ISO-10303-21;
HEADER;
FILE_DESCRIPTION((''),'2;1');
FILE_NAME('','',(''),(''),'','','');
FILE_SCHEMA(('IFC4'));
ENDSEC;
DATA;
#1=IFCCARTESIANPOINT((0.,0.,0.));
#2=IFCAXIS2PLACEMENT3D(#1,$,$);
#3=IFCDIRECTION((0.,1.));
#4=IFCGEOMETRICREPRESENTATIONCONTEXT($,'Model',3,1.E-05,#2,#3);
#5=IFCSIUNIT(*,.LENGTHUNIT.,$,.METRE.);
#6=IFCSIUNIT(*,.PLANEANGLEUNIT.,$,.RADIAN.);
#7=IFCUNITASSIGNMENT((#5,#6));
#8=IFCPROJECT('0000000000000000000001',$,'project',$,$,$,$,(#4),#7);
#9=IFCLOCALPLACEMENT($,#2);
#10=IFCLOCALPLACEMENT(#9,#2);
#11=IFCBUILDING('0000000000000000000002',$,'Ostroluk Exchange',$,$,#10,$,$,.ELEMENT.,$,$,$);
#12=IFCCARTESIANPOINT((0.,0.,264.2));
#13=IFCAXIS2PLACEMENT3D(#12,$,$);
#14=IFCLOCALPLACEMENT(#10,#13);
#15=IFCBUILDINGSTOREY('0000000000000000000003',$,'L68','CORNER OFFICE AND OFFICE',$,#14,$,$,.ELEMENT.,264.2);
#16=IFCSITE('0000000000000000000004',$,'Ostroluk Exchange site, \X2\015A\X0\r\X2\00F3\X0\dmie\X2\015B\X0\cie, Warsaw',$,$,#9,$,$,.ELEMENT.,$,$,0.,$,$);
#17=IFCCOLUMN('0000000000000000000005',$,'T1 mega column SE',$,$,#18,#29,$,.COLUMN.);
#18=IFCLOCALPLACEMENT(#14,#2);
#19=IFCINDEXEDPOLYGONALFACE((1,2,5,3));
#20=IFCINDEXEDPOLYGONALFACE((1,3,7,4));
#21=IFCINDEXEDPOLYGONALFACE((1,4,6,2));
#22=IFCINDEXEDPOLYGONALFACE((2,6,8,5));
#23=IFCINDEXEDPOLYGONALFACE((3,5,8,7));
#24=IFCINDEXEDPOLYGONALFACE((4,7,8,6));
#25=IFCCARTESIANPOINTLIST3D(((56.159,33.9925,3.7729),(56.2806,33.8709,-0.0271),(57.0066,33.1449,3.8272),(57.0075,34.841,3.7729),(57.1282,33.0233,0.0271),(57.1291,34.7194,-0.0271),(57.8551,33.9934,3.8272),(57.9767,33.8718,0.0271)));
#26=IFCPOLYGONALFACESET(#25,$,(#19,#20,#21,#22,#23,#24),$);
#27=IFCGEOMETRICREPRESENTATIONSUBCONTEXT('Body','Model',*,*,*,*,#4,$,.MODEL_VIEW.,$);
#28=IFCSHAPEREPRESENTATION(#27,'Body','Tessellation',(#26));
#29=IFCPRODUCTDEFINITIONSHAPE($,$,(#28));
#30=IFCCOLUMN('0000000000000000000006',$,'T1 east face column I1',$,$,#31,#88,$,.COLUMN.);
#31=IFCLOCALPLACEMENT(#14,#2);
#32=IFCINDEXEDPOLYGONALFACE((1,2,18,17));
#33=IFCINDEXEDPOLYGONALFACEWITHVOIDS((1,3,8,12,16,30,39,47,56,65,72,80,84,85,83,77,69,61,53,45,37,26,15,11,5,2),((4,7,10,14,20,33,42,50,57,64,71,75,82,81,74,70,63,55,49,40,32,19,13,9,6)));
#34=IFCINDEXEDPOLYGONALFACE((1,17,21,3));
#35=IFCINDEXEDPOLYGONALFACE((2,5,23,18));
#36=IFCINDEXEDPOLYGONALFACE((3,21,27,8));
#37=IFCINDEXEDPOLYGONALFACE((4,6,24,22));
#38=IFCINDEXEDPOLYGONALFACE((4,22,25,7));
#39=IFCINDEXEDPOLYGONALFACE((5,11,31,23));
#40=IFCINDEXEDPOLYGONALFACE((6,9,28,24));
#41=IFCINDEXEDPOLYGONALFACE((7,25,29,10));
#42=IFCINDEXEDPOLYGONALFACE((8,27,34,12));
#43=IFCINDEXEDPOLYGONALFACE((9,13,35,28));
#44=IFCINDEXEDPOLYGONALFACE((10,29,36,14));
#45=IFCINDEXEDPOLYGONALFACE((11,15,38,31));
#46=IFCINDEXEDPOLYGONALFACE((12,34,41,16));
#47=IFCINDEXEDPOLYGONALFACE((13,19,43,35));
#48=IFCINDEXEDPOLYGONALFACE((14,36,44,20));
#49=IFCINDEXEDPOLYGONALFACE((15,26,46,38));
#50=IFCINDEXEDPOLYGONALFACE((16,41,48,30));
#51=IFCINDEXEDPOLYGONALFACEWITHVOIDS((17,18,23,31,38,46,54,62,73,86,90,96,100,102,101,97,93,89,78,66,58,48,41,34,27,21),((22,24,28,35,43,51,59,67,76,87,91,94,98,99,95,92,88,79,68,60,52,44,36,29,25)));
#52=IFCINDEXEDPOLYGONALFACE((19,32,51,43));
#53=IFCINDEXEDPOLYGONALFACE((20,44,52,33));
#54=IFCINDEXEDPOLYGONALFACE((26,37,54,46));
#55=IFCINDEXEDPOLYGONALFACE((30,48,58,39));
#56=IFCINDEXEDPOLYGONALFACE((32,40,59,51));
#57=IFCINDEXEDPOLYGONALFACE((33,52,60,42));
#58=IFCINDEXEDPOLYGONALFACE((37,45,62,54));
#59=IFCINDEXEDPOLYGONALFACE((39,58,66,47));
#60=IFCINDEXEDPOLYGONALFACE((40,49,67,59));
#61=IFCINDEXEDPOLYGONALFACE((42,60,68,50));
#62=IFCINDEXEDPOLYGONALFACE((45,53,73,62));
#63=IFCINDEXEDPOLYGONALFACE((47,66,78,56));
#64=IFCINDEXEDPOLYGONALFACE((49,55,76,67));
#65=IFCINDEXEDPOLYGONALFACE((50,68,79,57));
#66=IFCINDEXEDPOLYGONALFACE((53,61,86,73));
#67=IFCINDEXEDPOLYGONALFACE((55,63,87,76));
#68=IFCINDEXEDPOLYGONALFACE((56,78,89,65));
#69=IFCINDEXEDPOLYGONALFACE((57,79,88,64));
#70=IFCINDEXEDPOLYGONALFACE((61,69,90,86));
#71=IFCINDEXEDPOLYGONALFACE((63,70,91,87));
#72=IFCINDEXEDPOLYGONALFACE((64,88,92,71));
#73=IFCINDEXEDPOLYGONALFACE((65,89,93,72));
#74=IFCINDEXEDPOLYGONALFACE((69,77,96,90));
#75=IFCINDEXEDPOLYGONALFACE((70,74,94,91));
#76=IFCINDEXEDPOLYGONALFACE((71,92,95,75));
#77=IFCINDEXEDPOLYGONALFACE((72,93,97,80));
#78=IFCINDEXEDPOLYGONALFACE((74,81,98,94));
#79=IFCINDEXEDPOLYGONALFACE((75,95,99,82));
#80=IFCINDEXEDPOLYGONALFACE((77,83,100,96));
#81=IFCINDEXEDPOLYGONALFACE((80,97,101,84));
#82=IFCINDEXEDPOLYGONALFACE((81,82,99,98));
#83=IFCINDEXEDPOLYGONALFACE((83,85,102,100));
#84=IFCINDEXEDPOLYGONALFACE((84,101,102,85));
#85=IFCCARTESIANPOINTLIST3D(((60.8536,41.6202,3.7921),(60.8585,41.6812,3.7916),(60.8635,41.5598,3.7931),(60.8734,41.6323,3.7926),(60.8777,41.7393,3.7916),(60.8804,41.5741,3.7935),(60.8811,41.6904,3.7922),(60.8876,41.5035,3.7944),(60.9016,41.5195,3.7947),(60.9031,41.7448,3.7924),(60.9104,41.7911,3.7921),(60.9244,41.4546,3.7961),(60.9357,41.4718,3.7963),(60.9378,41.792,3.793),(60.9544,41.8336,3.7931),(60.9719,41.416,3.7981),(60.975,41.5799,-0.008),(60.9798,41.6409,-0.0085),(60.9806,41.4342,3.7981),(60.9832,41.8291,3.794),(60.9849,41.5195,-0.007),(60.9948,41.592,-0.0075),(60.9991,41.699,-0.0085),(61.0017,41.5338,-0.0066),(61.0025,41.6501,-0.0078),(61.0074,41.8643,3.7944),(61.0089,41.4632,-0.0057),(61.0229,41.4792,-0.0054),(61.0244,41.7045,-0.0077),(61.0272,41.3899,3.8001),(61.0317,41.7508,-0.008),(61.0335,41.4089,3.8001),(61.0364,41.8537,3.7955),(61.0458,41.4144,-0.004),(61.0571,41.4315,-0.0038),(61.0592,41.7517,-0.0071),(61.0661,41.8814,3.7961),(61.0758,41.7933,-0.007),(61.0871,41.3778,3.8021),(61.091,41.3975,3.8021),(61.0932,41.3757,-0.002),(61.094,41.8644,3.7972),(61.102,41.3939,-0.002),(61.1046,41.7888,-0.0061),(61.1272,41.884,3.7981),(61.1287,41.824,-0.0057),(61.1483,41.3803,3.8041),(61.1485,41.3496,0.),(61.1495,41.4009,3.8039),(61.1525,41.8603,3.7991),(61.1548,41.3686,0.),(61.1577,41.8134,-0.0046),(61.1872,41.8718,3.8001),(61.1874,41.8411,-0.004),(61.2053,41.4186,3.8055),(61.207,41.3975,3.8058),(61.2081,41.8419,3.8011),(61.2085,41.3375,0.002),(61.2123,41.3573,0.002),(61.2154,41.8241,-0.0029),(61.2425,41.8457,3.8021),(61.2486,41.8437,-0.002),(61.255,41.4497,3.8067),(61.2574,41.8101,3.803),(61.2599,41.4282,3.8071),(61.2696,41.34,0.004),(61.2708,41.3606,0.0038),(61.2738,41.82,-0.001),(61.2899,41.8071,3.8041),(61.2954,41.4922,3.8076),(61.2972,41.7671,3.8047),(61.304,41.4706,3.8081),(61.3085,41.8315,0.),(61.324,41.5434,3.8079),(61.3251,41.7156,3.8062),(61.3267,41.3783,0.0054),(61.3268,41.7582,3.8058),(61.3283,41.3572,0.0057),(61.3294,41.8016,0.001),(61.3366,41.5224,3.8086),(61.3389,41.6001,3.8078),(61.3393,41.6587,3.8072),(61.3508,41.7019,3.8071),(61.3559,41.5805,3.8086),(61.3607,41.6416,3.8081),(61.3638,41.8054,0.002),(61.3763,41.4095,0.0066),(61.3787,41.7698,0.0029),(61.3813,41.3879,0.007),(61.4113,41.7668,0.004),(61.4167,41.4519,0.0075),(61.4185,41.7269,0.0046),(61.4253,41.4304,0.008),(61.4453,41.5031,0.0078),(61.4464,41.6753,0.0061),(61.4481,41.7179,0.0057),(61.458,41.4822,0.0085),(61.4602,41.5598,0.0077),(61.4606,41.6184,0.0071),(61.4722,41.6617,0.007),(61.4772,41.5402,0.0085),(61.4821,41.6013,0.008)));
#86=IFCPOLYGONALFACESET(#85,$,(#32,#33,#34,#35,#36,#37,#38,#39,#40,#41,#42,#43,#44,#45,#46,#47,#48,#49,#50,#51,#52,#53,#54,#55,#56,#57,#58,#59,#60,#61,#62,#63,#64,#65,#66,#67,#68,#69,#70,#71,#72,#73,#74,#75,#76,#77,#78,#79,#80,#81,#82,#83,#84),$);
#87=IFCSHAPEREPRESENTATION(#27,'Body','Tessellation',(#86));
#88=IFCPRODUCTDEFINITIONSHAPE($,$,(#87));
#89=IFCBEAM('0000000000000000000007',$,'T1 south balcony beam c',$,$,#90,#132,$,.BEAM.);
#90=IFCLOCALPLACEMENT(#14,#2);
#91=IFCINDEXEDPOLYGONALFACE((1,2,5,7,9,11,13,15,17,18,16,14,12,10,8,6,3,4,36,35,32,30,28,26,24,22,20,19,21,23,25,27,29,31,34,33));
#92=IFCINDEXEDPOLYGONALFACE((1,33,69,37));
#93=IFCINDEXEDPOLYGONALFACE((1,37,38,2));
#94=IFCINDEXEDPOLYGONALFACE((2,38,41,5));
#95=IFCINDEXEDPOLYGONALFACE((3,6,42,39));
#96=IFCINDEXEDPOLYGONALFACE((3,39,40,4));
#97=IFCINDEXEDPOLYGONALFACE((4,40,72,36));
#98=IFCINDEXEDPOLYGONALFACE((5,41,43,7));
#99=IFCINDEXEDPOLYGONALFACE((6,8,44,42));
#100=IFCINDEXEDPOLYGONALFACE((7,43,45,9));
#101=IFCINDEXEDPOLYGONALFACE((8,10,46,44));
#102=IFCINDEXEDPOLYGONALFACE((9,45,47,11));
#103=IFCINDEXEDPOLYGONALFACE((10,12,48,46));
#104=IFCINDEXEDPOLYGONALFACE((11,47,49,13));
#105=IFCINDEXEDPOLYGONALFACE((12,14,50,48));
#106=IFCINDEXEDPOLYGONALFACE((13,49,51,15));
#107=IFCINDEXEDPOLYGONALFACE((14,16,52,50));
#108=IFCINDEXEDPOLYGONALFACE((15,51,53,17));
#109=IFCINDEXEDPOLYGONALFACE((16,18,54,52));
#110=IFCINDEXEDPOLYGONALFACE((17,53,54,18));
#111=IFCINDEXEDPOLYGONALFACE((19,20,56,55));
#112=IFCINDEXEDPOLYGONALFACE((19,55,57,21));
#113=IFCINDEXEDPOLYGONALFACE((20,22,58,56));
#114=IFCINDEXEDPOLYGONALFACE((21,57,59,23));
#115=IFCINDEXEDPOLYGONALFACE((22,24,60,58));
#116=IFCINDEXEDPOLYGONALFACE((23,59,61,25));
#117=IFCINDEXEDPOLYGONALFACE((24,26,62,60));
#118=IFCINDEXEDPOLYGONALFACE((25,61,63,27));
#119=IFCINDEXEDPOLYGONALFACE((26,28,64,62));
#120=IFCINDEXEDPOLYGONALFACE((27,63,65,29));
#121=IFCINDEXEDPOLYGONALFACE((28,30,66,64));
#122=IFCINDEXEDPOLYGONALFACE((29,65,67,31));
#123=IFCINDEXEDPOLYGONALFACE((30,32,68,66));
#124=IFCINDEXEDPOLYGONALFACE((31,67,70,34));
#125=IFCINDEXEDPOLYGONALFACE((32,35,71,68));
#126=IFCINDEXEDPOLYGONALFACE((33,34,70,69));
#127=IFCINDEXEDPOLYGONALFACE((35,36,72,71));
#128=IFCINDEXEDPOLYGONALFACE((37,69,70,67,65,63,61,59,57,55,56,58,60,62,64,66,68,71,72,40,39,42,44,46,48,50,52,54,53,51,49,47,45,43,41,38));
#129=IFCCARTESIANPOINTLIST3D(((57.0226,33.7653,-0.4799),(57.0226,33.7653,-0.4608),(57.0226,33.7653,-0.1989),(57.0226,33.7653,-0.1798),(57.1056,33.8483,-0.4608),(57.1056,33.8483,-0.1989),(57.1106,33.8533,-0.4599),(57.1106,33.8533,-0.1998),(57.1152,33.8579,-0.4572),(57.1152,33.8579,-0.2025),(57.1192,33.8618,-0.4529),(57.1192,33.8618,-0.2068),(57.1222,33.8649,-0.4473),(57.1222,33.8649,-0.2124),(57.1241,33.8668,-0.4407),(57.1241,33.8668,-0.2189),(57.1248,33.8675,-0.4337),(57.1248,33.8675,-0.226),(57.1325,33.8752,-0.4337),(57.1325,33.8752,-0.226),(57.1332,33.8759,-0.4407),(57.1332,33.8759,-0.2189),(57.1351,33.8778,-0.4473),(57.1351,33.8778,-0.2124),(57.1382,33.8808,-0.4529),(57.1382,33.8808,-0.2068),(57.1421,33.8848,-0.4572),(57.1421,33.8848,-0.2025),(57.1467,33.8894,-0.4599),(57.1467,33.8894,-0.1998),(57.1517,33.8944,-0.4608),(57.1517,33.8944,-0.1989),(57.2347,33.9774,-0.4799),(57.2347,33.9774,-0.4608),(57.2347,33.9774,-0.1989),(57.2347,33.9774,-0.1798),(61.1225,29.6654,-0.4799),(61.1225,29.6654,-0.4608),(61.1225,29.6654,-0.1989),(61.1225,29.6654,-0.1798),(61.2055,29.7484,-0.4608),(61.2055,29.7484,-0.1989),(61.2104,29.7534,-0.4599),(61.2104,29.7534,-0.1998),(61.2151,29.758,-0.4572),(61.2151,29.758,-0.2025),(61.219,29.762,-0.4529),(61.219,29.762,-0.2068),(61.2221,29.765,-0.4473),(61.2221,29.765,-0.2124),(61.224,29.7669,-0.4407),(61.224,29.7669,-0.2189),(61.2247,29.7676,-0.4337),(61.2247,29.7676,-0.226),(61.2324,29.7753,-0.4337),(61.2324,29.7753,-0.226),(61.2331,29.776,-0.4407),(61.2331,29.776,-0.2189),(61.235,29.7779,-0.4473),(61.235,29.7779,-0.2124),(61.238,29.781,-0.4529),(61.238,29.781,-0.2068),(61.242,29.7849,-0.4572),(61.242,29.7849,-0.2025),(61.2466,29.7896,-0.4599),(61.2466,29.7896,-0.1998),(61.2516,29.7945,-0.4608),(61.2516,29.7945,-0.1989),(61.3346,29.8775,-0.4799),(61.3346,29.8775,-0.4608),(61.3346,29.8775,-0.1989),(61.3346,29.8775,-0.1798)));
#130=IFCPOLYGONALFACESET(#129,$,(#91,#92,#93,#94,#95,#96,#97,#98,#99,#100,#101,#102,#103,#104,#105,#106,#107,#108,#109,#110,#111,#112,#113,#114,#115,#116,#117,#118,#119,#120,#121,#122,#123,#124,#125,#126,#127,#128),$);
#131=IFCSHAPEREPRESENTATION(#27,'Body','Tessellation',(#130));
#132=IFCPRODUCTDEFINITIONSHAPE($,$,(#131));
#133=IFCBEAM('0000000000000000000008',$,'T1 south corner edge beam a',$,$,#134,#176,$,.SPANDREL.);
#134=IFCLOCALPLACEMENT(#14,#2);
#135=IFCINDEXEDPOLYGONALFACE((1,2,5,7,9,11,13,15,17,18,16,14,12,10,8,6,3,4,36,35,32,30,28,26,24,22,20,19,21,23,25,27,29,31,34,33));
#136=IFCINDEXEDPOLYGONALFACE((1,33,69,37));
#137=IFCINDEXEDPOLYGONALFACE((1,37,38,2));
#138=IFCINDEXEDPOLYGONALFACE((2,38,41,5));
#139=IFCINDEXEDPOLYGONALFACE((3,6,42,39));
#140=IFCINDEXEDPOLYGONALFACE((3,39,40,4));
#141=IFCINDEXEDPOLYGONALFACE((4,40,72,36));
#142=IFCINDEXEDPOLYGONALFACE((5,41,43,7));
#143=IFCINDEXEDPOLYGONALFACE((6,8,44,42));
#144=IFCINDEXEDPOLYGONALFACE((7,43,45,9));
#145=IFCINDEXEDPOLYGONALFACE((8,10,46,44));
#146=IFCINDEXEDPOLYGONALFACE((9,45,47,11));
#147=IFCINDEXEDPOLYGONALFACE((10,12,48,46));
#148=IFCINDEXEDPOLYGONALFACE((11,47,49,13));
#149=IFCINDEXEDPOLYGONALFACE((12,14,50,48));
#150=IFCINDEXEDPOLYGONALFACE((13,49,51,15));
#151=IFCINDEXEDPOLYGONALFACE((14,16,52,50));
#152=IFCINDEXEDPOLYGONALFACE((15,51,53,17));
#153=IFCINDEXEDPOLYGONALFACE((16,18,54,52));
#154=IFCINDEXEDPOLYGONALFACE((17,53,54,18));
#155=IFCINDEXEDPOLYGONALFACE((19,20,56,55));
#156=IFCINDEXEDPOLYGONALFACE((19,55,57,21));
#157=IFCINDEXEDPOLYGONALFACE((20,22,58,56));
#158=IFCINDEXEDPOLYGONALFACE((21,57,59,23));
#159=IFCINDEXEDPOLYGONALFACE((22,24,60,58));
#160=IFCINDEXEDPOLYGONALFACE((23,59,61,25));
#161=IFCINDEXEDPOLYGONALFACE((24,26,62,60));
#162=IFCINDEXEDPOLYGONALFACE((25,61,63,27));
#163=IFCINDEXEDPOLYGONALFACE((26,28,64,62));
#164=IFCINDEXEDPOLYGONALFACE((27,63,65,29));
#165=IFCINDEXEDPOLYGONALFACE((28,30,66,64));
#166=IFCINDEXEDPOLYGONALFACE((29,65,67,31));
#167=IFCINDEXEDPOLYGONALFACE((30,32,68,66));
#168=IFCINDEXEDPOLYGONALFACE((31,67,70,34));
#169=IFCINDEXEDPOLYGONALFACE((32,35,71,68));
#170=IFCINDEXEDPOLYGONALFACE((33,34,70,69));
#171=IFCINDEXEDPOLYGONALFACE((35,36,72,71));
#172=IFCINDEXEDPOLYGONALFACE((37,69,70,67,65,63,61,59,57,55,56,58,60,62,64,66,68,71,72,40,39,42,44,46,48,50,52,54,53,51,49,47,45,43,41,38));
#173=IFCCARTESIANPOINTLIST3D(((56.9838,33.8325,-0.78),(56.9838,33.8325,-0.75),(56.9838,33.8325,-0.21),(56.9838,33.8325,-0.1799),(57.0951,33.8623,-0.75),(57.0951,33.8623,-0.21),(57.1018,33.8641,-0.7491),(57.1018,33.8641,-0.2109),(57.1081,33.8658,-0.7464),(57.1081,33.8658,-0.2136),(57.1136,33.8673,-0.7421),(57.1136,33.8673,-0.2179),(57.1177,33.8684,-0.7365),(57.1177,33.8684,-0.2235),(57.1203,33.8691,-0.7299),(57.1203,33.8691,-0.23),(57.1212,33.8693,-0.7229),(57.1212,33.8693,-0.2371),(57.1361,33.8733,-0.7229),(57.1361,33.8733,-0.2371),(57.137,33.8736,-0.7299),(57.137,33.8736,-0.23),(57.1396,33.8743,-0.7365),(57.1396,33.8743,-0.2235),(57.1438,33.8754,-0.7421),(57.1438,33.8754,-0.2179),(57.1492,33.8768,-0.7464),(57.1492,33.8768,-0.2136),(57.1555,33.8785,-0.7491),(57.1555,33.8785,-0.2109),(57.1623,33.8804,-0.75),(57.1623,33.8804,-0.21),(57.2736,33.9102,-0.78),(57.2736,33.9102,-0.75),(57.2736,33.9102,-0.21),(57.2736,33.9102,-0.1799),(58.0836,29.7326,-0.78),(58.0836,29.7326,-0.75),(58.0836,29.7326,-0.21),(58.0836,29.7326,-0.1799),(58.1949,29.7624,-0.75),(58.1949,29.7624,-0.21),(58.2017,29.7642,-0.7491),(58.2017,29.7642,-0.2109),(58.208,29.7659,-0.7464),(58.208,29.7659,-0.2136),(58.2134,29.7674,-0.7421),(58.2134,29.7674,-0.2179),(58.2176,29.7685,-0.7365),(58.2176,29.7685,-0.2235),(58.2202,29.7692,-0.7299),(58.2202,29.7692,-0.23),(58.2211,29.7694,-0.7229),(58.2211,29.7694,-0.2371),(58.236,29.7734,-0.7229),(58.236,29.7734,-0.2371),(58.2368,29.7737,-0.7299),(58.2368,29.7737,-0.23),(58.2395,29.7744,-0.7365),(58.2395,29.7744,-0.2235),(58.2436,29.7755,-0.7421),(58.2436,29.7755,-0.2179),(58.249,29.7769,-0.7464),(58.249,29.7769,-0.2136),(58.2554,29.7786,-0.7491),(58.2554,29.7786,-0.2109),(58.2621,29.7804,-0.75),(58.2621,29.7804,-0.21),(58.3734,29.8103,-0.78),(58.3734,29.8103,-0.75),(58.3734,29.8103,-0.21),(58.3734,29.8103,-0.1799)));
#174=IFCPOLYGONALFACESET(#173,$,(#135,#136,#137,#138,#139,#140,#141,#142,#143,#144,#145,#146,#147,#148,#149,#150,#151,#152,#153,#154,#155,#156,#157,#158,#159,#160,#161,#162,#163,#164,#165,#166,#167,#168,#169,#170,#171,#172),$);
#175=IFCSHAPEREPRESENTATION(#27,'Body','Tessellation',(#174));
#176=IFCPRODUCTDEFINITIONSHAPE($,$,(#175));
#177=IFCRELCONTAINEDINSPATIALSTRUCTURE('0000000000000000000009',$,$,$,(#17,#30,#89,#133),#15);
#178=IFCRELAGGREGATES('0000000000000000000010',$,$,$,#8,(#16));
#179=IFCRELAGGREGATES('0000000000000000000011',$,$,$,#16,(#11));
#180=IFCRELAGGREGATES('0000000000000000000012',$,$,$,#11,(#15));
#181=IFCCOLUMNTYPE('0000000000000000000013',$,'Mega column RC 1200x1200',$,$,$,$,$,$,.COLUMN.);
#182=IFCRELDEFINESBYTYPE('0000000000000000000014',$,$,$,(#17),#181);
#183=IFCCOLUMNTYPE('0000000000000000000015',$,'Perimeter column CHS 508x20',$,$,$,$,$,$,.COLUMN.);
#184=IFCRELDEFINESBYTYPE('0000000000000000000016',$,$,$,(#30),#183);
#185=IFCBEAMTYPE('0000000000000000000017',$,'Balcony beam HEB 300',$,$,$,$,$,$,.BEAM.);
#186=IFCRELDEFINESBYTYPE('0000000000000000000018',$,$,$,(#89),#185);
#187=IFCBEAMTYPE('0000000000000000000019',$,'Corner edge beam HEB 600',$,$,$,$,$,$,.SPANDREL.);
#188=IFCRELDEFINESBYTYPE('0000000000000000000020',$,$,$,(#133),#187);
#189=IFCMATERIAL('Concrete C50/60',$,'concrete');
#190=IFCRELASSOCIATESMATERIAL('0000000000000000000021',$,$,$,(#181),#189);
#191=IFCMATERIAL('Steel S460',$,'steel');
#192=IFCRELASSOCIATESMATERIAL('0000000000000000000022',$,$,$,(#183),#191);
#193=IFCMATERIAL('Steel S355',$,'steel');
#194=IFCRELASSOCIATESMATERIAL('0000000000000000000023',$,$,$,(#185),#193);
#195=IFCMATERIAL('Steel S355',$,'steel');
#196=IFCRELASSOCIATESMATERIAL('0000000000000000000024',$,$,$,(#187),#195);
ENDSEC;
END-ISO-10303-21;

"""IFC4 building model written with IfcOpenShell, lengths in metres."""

from ifc_helpers import new_model, si_unit, direction, frame, origin, origin_2d, place, context, subcontext, project, spatial, rectangle, hollow_circle, i_section, extrude, material, material_profile, profile_set, type_object, element, save


model = new_model("IFC4")

# Units and contexts
model_context = context("Model", 3, precision=1e-05, world=origin(), true_north=direction((0.0, 1.0)))
body_context = subcontext(model_context, "Body", "Model", "MODEL_VIEW")
ifc_project = project(units=[si_unit("LENGTHUNIT", "METRE"), si_unit("PLANEANGLEUNIT", "RADIAN")], contexts=[model_context])

# Site, building, storey
site_placement = place(None, origin())
site = spatial("IfcSite", under=ifc_project, at=site_placement, Name="Ostroluk Exchange site, Śródmieście, Warsaw", CompositionType="ELEMENT", RefElevation=0.0)
building_placement = place(site_placement, origin())
building = spatial("IfcBuilding", under=site, at=building_placement, Name="Ostroluk Exchange", CompositionType="ELEMENT")
storey_placement = place(building_placement, frame((0.0, 0.0, 264.2)))
storey = spatial("IfcBuildingStorey", under=building, at=storey_placement, Name="L68", Description="CORNER OFFICE AND OFFICE", CompositionType="ELEMENT", Elevation=264.2)

# Columns
ifc_material_1 = material(Name="Concrete C50/60", Category="concrete")
ifc_material_profile_1 = material_profile(ifc_material_1, rectangle(XDim=1.2, YDim=1.2, at=origin_2d()), Name="RC 1200x1200")
ifc_profile_set_1 = profile_set([ifc_material_profile_1], Name="Concrete C50/60")
column_type_1 = type_object("IfcColumnType", Name="Mega column RC 1200x1200", PredefinedType="COLUMN", material=ifc_profile_set_1)
column_1_placement = place(storey_placement, frame((57.1287, 33.8713, 0.0), z_axis=(-0.031962, 0.031962, 0.998978), x_axis=(-0.707107, -0.707107, 0.0)))
element("IfcColumn", 1, at=column_1_placement, inside=storey, type_object=column_type_1, Name="T1 mega column SE", PredefinedType="COLUMN", context=body_context, shape_type="SweptSolid", body=[
    extrude(rectangle(XDim=1.2, YDim=1.2, at=origin_2d()), origin(), (0.0, 0.0, 1.0), 3.804),
])
ifc_material_2 = material(Name="Steel S460", Category="steel")
ifc_material_profile_2 = material_profile(ifc_material_2, hollow_circle(Radius=0.2539, WallThickness=0.02, at=origin_2d()), Name="CHS 508x20")
ifc_profile_set_2 = profile_set([ifc_material_profile_2], Name="Steel S460")
column_type_2 = type_object("IfcColumnType", Name="Perimeter column CHS 508x20", PredefinedType="COLUMN", material=ifc_profile_set_2)
column_2_placement = place(storey_placement, frame((61.2285, 41.5906, 0.0), z_axis=(-0.031913, 0.010595, 0.999435), x_axis=(-0.315082, -0.949065, 0.0)))
element("IfcColumn", 2, at=column_2_placement, inside=storey, type_object=column_type_2, Name="T1 east face column I1", PredefinedType="COLUMN", context=body_context, shape_type="SweptSolid", body=[
    extrude(hollow_circle(Radius=0.2539, WallThickness=0.02, at=origin_2d()), origin(), (0.0, 0.0, 1.0), 3.8022),
])

# Beams
ifc_material_3 = material(Name="Steel S355", Category="steel")
ifc_material_profile_3 = material_profile(ifc_material_3, i_section(OverallWidth=0.3, OverallDepth=0.3, WebThickness=0.011, FlangeThickness=0.019, FilletRadius=0.0271, at=origin_2d()), Name="HEB 300")
ifc_profile_set_3 = profile_set([ifc_material_profile_3], Name="Steel S355")
beam_type_1 = type_object("IfcBeamType", Name="Balcony beam HEB 300", PredefinedType="BEAM", material=ifc_profile_set_3)
beam_1_placement = place(storey_placement, frame((57.1287, 33.8713, -0.3298), z_axis=(0.707107, -0.707107, 0.0), x_axis=(0.707107, 0.707107, 0.0)))
element("IfcBeam", 3, at=beam_1_placement, inside=storey, type_object=beam_type_1, Name="T1 south balcony beam c", PredefinedType="BEAM", context=body_context, shape_type="SweptSolid", body=[
    extrude(i_section(OverallWidth=0.3, OverallDepth=0.3, WebThickness=0.011, FlangeThickness=0.019, FilletRadius=0.0271, at=origin_2d()), origin(), (0.0, 0.0, 1.0), 5.7981),
])
ifc_material_4 = material(Name="Steel S355", Category="steel")
ifc_material_profile_4 = material_profile(ifc_material_4, i_section(OverallWidth=0.3, OverallDepth=0.6001, WebThickness=0.0154, FlangeThickness=0.03, FilletRadius=0.0271, at=origin_2d()), Name="HEB 600")
ifc_profile_set_4 = profile_set([ifc_material_profile_4], Name="Steel S355")
beam_type_2 = type_object("IfcBeamType", Name="Corner edge beam HEB 600", PredefinedType="SPANDREL", material=ifc_profile_set_4)
for number, where, z_axis, x_axis, name in (
    (4, (57.1287, 33.8713, -0.48), (0.259105, -0.965849, 0.0), (0.965849, 0.259105, 0.0), "T1 south corner edge beam a"),
):
    element("IfcBeam", number, at=place(storey_placement, frame(where, z_axis=z_axis, x_axis=x_axis)), inside=storey, type_object=beam_type_2, Name=name, PredefinedType="SPANDREL", context=body_context, shape_type="SweptSolid", body=[
        extrude(i_section(OverallWidth=0.3, OverallDepth=0.6001, WebThickness=0.0154, FlangeThickness=0.03, FilletRadius=0.0271, at=origin_2d()), origin(), (0.0, 0.0, 1.0), 4.2449),
    ])

save(model, "model.ifc")
